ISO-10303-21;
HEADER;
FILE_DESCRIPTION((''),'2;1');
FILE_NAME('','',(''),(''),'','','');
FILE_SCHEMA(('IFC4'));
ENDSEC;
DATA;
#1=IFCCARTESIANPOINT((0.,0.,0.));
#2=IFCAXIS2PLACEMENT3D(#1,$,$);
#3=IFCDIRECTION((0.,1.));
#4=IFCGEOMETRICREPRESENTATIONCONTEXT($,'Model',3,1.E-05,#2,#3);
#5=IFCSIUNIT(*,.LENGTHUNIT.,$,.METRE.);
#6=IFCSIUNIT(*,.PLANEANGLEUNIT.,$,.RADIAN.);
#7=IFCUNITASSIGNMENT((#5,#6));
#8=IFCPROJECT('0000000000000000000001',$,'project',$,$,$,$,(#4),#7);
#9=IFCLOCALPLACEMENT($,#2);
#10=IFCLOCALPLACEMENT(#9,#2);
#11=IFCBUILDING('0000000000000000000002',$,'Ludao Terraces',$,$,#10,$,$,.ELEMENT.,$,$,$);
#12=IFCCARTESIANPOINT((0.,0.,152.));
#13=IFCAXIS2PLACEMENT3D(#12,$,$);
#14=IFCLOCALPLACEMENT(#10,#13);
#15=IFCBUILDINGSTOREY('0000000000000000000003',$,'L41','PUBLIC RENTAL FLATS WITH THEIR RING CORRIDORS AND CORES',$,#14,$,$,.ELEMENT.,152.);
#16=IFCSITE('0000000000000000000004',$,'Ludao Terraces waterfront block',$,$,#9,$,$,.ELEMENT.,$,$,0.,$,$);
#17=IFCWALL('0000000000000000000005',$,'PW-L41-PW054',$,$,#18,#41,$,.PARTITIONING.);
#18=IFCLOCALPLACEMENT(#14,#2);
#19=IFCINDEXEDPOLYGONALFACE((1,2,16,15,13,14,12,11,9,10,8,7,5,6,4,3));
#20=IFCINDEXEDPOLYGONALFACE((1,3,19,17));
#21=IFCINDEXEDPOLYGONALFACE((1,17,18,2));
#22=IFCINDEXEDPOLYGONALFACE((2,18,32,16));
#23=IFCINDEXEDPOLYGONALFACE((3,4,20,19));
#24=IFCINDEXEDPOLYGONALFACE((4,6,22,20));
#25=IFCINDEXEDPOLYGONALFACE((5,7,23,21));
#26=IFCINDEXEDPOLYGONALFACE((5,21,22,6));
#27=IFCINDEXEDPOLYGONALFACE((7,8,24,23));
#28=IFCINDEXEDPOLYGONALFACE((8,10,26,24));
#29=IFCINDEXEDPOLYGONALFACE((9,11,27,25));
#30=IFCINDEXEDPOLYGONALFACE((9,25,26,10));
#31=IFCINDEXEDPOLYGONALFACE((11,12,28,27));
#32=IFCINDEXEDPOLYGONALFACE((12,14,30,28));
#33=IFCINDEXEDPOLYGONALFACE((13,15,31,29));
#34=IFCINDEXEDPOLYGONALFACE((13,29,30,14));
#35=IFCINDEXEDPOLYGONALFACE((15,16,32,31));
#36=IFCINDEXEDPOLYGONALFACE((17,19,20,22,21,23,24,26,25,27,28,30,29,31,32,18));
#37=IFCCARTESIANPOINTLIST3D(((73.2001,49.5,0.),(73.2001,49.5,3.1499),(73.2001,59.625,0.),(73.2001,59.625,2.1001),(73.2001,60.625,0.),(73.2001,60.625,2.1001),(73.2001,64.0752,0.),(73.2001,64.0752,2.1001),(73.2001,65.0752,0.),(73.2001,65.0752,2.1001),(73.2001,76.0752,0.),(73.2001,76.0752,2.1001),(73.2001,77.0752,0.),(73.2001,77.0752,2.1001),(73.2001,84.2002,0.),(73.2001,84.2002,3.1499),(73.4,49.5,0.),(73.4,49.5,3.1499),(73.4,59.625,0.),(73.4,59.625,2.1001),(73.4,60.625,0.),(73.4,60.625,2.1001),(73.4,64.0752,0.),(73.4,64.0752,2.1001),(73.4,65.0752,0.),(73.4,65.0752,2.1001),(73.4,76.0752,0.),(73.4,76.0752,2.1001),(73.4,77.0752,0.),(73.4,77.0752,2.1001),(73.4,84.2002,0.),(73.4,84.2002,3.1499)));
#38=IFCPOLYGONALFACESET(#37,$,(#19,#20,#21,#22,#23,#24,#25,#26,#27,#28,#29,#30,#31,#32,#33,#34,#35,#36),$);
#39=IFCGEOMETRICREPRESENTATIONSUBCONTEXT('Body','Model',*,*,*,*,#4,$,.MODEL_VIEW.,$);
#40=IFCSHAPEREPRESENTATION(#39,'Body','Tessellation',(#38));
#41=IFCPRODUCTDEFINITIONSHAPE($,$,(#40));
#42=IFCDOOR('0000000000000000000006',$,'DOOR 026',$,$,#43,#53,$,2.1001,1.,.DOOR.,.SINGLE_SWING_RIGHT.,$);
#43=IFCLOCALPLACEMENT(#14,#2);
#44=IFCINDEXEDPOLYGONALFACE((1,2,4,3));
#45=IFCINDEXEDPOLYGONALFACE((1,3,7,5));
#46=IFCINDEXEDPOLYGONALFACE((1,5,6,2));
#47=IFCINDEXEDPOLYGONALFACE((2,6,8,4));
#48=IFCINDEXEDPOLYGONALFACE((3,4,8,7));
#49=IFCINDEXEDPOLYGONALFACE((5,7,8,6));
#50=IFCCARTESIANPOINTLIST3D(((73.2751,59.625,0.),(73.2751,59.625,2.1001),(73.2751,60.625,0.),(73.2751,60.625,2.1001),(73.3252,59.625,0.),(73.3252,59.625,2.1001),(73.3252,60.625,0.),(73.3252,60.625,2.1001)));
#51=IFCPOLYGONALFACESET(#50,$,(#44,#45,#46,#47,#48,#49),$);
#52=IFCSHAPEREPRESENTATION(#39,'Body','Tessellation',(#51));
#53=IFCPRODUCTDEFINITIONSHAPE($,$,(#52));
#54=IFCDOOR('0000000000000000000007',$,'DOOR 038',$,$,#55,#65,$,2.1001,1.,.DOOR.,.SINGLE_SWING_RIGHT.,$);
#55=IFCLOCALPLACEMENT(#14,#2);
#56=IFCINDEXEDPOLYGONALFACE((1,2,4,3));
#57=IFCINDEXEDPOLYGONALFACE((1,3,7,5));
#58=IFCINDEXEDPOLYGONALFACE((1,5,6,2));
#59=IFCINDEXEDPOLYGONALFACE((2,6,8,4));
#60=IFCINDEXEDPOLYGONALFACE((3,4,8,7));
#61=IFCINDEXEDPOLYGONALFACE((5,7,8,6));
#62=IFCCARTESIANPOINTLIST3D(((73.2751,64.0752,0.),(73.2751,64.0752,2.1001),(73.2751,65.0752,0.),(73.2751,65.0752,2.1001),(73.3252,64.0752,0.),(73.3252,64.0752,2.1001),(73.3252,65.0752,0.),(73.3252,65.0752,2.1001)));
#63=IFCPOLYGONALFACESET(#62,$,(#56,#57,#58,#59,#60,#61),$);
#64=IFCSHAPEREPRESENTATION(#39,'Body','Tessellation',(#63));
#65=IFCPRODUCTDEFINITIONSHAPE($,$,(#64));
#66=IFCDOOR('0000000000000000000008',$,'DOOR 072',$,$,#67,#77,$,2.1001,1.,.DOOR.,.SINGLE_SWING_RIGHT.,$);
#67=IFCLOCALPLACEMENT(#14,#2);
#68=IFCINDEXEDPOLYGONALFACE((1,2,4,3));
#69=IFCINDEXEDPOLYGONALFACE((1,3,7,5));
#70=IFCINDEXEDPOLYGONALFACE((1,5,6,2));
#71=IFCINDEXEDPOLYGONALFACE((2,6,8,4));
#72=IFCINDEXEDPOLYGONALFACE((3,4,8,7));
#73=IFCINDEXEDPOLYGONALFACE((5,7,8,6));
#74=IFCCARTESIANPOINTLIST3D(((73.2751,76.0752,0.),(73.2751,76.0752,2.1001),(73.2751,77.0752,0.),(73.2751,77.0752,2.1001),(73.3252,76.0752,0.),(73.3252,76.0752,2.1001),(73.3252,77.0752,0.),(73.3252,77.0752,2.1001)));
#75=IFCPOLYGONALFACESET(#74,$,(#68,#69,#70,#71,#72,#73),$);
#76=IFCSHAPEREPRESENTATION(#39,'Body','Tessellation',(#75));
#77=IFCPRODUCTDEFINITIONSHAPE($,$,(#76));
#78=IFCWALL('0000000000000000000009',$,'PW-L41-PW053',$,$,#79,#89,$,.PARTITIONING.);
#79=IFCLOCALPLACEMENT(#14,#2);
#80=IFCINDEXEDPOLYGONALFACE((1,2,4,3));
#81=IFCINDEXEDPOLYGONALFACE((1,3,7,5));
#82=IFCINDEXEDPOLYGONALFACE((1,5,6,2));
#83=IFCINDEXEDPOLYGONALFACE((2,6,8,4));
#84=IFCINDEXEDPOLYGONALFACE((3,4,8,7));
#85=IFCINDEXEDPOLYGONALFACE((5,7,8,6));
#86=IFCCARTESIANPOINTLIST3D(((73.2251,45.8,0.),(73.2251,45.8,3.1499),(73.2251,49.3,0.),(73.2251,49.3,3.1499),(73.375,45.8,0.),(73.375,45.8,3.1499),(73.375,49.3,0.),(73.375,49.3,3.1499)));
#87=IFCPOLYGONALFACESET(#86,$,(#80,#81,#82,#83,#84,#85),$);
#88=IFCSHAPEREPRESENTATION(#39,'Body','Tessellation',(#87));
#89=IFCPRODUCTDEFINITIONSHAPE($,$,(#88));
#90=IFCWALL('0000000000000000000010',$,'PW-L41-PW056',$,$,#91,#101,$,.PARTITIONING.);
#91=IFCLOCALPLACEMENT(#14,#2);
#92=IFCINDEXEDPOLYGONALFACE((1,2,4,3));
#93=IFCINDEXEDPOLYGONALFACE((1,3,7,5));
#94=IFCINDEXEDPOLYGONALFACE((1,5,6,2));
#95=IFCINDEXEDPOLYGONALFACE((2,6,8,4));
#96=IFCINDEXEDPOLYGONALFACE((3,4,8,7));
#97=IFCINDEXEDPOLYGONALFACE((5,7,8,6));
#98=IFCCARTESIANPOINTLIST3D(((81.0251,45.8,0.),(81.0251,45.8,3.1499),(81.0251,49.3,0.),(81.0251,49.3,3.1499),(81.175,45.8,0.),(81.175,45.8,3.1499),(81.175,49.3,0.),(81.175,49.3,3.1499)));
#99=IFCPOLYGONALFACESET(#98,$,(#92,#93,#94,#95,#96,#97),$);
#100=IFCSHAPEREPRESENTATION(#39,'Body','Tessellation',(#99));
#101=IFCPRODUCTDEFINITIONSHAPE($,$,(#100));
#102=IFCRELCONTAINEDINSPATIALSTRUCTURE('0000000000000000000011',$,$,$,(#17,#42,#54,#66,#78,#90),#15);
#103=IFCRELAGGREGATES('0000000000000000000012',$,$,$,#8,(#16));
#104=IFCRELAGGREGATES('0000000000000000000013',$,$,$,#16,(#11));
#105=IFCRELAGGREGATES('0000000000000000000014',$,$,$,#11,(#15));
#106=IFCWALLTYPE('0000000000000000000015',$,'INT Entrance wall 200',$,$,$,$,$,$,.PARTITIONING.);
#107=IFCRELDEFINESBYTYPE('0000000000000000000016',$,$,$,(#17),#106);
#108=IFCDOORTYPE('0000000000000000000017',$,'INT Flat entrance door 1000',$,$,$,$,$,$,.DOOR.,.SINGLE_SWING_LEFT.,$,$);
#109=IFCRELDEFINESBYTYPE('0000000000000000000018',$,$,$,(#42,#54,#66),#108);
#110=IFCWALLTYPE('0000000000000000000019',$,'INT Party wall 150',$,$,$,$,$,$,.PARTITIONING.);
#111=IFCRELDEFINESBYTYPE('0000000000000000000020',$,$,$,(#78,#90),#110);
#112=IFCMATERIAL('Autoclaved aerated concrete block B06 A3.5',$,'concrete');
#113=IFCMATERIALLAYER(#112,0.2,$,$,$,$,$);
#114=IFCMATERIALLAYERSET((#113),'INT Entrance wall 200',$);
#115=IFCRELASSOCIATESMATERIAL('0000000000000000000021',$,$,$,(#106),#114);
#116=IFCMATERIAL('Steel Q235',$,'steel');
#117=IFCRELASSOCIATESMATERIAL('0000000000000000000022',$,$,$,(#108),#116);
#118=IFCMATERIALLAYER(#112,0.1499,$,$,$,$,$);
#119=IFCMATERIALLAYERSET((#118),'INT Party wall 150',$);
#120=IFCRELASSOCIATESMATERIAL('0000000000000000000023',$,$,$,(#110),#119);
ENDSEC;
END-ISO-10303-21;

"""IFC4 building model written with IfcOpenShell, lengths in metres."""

from ifc_helpers import new_model, si_unit, direction, frame, frame_2d, origin, place, context, subcontext, project, spatial, rectangle, extrude, material, layer, layer_set, type_object, element, fill, save


model = new_model("IFC4")

# Units and contexts
model_context = context("Model", 3, precision=1e-05, world=origin(), true_north=direction((0.0, 1.0)))
body_context = subcontext(model_context, "Body", "Model", "MODEL_VIEW")
ifc_project = project(units=[si_unit("LENGTHUNIT", "METRE"), si_unit("PLANEANGLEUNIT", "RADIAN")], contexts=[model_context])

# Site, building, storey
site_placement = place(None, origin())
site = spatial("IfcSite", under=ifc_project, at=site_placement, Name="Ludao Terraces waterfront block", CompositionType="ELEMENT", RefElevation=0.0)
building_placement = place(site_placement, origin())
building = spatial("IfcBuilding", under=site, at=building_placement, Name="Ludao Terraces", CompositionType="ELEMENT")
storey_placement = place(building_placement, frame((0.0, 0.0, 152.0)))
storey = spatial("IfcBuildingStorey", under=building, at=storey_placement, Name="L41", Description="PUBLIC RENTAL FLATS WITH THEIR RING CORRIDORS AND CORES", CompositionType="ELEMENT", Elevation=152.0)

# Wall, openings, doors
ifc_material_1 = material(Name="Autoclaved aerated concrete block B06 A3.5", Category="concrete")
ifc_layer_1 = layer(ifc_material_1, 0.2)
ifc_layer_set_1 = layer_set([ifc_layer_1], Name="INT Entrance wall 200")
wall_type_1 = type_object("IfcWallType", Name="INT Entrance wall 200", PredefinedType="PARTITIONING", material=ifc_layer_set_1)
wall_1_placement = place(storey_placement, frame((73.3, 49.5, 0.0), z_axis=(0.0, 0.0, 1.0), x_axis=(0.0, 1.0, 0.0)))
wall_1 = element("IfcWall", 1, at=wall_1_placement, inside=storey, type_object=wall_type_1, Name="PW-L41-PW054", PredefinedType="PARTITIONING", context=body_context, shape_type="SweptSolid", body=[
    extrude(rectangle(XDim=34.7002, YDim=0.2, at=frame_2d((17.3501, 0.0))), origin(), (0.0, 0.0, 1.0), 3.1499),
])
opening_1_placement = place(wall_1_placement, frame((10.125, 0.0, 0.0)))
opening_1 = element("IfcOpeningElement", 2, at=opening_1_placement, cuts=wall_1, PredefinedType="OPENING", context=body_context, shape_type="SweptSolid", body=[
    extrude(rectangle(XDim=1.0, YDim=2.1001, at=frame_2d((0.5, 1.05))), frame((0.0, 0.1099, 0.0), z_axis=(0.0, -1.0, 0.0), x_axis=(1.0, 0.0, 0.0)), (0.0, 0.0, 1.0), 0.22),
])
opening_2_placement = place(wall_1_placement, frame((14.5752, 0.0, 0.0)))
opening_2 = element("IfcOpeningElement", 3, at=opening_2_placement, cuts=wall_1, PredefinedType="OPENING", context=body_context, shape_type="SweptSolid", body=[
    extrude(rectangle(XDim=1.0, YDim=2.1001, at=frame_2d((0.5, 1.05))), frame((0.0, 0.1099, 0.0), z_axis=(0.0, -1.0, 0.0), x_axis=(1.0, 0.0, 0.0)), (0.0, 0.0, 1.0), 0.22),
])
opening_3_placement = place(wall_1_placement, frame((26.5752, 0.0, 0.0)))
opening_3 = element("IfcOpeningElement", 4, at=opening_3_placement, cuts=wall_1, PredefinedType="OPENING", context=body_context, shape_type="SweptSolid", body=[
    extrude(rectangle(XDim=1.0, YDim=2.1001, at=frame_2d((0.5, 1.05))), frame((0.0, 0.1099, 0.0), z_axis=(0.0, -1.0, 0.0), x_axis=(1.0, 0.0, 0.0)), (0.0, 0.0, 1.0), 0.22),
])
ifc_material_2 = material(Name="Steel Q235", Category="steel")
door_type = type_object("IfcDoorType", Name="INT Flat entrance door 1000", OperationType="SINGLE_SWING_LEFT", PredefinedType="DOOR", material=ifc_material_2)
door_1_placement = place(opening_1_placement, origin())
door_1 = element("IfcDoor", 5, at=door_1_placement, inside=storey, type_object=door_type, Name="DOOR 026", OperationType="SINGLE_SWING_RIGHT", OverallHeight=2.1001, OverallWidth=1.0, PredefinedType="DOOR", context=body_context, shape_type="SweptSolid", body=[
    extrude(rectangle(XDim=1.0, YDim=2.1001, at=frame_2d((0.5, 1.05))), frame((0.0, 0.0249, 0.0), z_axis=(0.0, -1.0, 0.0), x_axis=(1.0, 0.0, 0.0)), (0.0, 0.0, 1.0), 0.05),
])
fill(opening_1, door_1)
door_2_placement = place(opening_2_placement, origin())
door_2 = element("IfcDoor", 6, at=door_2_placement, inside=storey, type_object=door_type, Name="DOOR 038", OperationType="SINGLE_SWING_RIGHT", OverallHeight=2.1001, OverallWidth=1.0, PredefinedType="DOOR", context=body_context, shape_type="SweptSolid", body=[
    extrude(rectangle(XDim=1.0, YDim=2.1001, at=frame_2d((0.5, 1.05))), frame((0.0, 0.0249, 0.0), z_axis=(0.0, -1.0, 0.0), x_axis=(1.0, 0.0, 0.0)), (0.0, 0.0, 1.0), 0.05),
])
fill(opening_2, door_2)
door_3_placement = place(opening_3_placement, origin())
door_3 = element("IfcDoor", 7, at=door_3_placement, inside=storey, type_object=door_type, Name="DOOR 072", OperationType="SINGLE_SWING_RIGHT", OverallHeight=2.1001, OverallWidth=1.0, PredefinedType="DOOR", context=body_context, shape_type="SweptSolid", body=[
    extrude(rectangle(XDim=1.0, YDim=2.1001, at=frame_2d((0.5, 1.05))), frame((0.0, 0.0249, 0.0), z_axis=(0.0, -1.0, 0.0), x_axis=(1.0, 0.0, 0.0)), (0.0, 0.0, 1.0), 0.05),
])
fill(opening_3, door_3)

# Walls
ifc_layer_2 = layer(ifc_material_1, 0.1499)
ifc_layer_set_2 = layer_set([ifc_layer_2], Name="INT Party wall 150")
wall_type_2 = type_object("IfcWallType", Name="INT Party wall 150", PredefinedType="PARTITIONING", material=ifc_layer_set_2)
for number, where, z_axis, x_axis, name in (
    (8, (73.3, 45.8, 0.0), (0.0, 0.0, 1.0), (0.0, 1.0, 0.0), "PW-L41-PW053"),
    (9, (81.1001, 45.8, 0.0), (0.0, 0.0, 1.0), (0.0, 1.0, 0.0), "PW-L41-PW056"),
):
    element("IfcWall", number, at=place(storey_placement, frame(where, z_axis=z_axis, x_axis=x_axis)), inside=storey, type_object=wall_type_2, Name=name, PredefinedType="PARTITIONING", context=body_context, shape_type="SweptSolid", body=[
        extrude(rectangle(XDim=3.5, YDim=0.1499, at=frame_2d((1.75, 0.0))), origin(), (0.0, 0.0, 1.0), 3.1499),
    ])

save(model, "model.ifc")
